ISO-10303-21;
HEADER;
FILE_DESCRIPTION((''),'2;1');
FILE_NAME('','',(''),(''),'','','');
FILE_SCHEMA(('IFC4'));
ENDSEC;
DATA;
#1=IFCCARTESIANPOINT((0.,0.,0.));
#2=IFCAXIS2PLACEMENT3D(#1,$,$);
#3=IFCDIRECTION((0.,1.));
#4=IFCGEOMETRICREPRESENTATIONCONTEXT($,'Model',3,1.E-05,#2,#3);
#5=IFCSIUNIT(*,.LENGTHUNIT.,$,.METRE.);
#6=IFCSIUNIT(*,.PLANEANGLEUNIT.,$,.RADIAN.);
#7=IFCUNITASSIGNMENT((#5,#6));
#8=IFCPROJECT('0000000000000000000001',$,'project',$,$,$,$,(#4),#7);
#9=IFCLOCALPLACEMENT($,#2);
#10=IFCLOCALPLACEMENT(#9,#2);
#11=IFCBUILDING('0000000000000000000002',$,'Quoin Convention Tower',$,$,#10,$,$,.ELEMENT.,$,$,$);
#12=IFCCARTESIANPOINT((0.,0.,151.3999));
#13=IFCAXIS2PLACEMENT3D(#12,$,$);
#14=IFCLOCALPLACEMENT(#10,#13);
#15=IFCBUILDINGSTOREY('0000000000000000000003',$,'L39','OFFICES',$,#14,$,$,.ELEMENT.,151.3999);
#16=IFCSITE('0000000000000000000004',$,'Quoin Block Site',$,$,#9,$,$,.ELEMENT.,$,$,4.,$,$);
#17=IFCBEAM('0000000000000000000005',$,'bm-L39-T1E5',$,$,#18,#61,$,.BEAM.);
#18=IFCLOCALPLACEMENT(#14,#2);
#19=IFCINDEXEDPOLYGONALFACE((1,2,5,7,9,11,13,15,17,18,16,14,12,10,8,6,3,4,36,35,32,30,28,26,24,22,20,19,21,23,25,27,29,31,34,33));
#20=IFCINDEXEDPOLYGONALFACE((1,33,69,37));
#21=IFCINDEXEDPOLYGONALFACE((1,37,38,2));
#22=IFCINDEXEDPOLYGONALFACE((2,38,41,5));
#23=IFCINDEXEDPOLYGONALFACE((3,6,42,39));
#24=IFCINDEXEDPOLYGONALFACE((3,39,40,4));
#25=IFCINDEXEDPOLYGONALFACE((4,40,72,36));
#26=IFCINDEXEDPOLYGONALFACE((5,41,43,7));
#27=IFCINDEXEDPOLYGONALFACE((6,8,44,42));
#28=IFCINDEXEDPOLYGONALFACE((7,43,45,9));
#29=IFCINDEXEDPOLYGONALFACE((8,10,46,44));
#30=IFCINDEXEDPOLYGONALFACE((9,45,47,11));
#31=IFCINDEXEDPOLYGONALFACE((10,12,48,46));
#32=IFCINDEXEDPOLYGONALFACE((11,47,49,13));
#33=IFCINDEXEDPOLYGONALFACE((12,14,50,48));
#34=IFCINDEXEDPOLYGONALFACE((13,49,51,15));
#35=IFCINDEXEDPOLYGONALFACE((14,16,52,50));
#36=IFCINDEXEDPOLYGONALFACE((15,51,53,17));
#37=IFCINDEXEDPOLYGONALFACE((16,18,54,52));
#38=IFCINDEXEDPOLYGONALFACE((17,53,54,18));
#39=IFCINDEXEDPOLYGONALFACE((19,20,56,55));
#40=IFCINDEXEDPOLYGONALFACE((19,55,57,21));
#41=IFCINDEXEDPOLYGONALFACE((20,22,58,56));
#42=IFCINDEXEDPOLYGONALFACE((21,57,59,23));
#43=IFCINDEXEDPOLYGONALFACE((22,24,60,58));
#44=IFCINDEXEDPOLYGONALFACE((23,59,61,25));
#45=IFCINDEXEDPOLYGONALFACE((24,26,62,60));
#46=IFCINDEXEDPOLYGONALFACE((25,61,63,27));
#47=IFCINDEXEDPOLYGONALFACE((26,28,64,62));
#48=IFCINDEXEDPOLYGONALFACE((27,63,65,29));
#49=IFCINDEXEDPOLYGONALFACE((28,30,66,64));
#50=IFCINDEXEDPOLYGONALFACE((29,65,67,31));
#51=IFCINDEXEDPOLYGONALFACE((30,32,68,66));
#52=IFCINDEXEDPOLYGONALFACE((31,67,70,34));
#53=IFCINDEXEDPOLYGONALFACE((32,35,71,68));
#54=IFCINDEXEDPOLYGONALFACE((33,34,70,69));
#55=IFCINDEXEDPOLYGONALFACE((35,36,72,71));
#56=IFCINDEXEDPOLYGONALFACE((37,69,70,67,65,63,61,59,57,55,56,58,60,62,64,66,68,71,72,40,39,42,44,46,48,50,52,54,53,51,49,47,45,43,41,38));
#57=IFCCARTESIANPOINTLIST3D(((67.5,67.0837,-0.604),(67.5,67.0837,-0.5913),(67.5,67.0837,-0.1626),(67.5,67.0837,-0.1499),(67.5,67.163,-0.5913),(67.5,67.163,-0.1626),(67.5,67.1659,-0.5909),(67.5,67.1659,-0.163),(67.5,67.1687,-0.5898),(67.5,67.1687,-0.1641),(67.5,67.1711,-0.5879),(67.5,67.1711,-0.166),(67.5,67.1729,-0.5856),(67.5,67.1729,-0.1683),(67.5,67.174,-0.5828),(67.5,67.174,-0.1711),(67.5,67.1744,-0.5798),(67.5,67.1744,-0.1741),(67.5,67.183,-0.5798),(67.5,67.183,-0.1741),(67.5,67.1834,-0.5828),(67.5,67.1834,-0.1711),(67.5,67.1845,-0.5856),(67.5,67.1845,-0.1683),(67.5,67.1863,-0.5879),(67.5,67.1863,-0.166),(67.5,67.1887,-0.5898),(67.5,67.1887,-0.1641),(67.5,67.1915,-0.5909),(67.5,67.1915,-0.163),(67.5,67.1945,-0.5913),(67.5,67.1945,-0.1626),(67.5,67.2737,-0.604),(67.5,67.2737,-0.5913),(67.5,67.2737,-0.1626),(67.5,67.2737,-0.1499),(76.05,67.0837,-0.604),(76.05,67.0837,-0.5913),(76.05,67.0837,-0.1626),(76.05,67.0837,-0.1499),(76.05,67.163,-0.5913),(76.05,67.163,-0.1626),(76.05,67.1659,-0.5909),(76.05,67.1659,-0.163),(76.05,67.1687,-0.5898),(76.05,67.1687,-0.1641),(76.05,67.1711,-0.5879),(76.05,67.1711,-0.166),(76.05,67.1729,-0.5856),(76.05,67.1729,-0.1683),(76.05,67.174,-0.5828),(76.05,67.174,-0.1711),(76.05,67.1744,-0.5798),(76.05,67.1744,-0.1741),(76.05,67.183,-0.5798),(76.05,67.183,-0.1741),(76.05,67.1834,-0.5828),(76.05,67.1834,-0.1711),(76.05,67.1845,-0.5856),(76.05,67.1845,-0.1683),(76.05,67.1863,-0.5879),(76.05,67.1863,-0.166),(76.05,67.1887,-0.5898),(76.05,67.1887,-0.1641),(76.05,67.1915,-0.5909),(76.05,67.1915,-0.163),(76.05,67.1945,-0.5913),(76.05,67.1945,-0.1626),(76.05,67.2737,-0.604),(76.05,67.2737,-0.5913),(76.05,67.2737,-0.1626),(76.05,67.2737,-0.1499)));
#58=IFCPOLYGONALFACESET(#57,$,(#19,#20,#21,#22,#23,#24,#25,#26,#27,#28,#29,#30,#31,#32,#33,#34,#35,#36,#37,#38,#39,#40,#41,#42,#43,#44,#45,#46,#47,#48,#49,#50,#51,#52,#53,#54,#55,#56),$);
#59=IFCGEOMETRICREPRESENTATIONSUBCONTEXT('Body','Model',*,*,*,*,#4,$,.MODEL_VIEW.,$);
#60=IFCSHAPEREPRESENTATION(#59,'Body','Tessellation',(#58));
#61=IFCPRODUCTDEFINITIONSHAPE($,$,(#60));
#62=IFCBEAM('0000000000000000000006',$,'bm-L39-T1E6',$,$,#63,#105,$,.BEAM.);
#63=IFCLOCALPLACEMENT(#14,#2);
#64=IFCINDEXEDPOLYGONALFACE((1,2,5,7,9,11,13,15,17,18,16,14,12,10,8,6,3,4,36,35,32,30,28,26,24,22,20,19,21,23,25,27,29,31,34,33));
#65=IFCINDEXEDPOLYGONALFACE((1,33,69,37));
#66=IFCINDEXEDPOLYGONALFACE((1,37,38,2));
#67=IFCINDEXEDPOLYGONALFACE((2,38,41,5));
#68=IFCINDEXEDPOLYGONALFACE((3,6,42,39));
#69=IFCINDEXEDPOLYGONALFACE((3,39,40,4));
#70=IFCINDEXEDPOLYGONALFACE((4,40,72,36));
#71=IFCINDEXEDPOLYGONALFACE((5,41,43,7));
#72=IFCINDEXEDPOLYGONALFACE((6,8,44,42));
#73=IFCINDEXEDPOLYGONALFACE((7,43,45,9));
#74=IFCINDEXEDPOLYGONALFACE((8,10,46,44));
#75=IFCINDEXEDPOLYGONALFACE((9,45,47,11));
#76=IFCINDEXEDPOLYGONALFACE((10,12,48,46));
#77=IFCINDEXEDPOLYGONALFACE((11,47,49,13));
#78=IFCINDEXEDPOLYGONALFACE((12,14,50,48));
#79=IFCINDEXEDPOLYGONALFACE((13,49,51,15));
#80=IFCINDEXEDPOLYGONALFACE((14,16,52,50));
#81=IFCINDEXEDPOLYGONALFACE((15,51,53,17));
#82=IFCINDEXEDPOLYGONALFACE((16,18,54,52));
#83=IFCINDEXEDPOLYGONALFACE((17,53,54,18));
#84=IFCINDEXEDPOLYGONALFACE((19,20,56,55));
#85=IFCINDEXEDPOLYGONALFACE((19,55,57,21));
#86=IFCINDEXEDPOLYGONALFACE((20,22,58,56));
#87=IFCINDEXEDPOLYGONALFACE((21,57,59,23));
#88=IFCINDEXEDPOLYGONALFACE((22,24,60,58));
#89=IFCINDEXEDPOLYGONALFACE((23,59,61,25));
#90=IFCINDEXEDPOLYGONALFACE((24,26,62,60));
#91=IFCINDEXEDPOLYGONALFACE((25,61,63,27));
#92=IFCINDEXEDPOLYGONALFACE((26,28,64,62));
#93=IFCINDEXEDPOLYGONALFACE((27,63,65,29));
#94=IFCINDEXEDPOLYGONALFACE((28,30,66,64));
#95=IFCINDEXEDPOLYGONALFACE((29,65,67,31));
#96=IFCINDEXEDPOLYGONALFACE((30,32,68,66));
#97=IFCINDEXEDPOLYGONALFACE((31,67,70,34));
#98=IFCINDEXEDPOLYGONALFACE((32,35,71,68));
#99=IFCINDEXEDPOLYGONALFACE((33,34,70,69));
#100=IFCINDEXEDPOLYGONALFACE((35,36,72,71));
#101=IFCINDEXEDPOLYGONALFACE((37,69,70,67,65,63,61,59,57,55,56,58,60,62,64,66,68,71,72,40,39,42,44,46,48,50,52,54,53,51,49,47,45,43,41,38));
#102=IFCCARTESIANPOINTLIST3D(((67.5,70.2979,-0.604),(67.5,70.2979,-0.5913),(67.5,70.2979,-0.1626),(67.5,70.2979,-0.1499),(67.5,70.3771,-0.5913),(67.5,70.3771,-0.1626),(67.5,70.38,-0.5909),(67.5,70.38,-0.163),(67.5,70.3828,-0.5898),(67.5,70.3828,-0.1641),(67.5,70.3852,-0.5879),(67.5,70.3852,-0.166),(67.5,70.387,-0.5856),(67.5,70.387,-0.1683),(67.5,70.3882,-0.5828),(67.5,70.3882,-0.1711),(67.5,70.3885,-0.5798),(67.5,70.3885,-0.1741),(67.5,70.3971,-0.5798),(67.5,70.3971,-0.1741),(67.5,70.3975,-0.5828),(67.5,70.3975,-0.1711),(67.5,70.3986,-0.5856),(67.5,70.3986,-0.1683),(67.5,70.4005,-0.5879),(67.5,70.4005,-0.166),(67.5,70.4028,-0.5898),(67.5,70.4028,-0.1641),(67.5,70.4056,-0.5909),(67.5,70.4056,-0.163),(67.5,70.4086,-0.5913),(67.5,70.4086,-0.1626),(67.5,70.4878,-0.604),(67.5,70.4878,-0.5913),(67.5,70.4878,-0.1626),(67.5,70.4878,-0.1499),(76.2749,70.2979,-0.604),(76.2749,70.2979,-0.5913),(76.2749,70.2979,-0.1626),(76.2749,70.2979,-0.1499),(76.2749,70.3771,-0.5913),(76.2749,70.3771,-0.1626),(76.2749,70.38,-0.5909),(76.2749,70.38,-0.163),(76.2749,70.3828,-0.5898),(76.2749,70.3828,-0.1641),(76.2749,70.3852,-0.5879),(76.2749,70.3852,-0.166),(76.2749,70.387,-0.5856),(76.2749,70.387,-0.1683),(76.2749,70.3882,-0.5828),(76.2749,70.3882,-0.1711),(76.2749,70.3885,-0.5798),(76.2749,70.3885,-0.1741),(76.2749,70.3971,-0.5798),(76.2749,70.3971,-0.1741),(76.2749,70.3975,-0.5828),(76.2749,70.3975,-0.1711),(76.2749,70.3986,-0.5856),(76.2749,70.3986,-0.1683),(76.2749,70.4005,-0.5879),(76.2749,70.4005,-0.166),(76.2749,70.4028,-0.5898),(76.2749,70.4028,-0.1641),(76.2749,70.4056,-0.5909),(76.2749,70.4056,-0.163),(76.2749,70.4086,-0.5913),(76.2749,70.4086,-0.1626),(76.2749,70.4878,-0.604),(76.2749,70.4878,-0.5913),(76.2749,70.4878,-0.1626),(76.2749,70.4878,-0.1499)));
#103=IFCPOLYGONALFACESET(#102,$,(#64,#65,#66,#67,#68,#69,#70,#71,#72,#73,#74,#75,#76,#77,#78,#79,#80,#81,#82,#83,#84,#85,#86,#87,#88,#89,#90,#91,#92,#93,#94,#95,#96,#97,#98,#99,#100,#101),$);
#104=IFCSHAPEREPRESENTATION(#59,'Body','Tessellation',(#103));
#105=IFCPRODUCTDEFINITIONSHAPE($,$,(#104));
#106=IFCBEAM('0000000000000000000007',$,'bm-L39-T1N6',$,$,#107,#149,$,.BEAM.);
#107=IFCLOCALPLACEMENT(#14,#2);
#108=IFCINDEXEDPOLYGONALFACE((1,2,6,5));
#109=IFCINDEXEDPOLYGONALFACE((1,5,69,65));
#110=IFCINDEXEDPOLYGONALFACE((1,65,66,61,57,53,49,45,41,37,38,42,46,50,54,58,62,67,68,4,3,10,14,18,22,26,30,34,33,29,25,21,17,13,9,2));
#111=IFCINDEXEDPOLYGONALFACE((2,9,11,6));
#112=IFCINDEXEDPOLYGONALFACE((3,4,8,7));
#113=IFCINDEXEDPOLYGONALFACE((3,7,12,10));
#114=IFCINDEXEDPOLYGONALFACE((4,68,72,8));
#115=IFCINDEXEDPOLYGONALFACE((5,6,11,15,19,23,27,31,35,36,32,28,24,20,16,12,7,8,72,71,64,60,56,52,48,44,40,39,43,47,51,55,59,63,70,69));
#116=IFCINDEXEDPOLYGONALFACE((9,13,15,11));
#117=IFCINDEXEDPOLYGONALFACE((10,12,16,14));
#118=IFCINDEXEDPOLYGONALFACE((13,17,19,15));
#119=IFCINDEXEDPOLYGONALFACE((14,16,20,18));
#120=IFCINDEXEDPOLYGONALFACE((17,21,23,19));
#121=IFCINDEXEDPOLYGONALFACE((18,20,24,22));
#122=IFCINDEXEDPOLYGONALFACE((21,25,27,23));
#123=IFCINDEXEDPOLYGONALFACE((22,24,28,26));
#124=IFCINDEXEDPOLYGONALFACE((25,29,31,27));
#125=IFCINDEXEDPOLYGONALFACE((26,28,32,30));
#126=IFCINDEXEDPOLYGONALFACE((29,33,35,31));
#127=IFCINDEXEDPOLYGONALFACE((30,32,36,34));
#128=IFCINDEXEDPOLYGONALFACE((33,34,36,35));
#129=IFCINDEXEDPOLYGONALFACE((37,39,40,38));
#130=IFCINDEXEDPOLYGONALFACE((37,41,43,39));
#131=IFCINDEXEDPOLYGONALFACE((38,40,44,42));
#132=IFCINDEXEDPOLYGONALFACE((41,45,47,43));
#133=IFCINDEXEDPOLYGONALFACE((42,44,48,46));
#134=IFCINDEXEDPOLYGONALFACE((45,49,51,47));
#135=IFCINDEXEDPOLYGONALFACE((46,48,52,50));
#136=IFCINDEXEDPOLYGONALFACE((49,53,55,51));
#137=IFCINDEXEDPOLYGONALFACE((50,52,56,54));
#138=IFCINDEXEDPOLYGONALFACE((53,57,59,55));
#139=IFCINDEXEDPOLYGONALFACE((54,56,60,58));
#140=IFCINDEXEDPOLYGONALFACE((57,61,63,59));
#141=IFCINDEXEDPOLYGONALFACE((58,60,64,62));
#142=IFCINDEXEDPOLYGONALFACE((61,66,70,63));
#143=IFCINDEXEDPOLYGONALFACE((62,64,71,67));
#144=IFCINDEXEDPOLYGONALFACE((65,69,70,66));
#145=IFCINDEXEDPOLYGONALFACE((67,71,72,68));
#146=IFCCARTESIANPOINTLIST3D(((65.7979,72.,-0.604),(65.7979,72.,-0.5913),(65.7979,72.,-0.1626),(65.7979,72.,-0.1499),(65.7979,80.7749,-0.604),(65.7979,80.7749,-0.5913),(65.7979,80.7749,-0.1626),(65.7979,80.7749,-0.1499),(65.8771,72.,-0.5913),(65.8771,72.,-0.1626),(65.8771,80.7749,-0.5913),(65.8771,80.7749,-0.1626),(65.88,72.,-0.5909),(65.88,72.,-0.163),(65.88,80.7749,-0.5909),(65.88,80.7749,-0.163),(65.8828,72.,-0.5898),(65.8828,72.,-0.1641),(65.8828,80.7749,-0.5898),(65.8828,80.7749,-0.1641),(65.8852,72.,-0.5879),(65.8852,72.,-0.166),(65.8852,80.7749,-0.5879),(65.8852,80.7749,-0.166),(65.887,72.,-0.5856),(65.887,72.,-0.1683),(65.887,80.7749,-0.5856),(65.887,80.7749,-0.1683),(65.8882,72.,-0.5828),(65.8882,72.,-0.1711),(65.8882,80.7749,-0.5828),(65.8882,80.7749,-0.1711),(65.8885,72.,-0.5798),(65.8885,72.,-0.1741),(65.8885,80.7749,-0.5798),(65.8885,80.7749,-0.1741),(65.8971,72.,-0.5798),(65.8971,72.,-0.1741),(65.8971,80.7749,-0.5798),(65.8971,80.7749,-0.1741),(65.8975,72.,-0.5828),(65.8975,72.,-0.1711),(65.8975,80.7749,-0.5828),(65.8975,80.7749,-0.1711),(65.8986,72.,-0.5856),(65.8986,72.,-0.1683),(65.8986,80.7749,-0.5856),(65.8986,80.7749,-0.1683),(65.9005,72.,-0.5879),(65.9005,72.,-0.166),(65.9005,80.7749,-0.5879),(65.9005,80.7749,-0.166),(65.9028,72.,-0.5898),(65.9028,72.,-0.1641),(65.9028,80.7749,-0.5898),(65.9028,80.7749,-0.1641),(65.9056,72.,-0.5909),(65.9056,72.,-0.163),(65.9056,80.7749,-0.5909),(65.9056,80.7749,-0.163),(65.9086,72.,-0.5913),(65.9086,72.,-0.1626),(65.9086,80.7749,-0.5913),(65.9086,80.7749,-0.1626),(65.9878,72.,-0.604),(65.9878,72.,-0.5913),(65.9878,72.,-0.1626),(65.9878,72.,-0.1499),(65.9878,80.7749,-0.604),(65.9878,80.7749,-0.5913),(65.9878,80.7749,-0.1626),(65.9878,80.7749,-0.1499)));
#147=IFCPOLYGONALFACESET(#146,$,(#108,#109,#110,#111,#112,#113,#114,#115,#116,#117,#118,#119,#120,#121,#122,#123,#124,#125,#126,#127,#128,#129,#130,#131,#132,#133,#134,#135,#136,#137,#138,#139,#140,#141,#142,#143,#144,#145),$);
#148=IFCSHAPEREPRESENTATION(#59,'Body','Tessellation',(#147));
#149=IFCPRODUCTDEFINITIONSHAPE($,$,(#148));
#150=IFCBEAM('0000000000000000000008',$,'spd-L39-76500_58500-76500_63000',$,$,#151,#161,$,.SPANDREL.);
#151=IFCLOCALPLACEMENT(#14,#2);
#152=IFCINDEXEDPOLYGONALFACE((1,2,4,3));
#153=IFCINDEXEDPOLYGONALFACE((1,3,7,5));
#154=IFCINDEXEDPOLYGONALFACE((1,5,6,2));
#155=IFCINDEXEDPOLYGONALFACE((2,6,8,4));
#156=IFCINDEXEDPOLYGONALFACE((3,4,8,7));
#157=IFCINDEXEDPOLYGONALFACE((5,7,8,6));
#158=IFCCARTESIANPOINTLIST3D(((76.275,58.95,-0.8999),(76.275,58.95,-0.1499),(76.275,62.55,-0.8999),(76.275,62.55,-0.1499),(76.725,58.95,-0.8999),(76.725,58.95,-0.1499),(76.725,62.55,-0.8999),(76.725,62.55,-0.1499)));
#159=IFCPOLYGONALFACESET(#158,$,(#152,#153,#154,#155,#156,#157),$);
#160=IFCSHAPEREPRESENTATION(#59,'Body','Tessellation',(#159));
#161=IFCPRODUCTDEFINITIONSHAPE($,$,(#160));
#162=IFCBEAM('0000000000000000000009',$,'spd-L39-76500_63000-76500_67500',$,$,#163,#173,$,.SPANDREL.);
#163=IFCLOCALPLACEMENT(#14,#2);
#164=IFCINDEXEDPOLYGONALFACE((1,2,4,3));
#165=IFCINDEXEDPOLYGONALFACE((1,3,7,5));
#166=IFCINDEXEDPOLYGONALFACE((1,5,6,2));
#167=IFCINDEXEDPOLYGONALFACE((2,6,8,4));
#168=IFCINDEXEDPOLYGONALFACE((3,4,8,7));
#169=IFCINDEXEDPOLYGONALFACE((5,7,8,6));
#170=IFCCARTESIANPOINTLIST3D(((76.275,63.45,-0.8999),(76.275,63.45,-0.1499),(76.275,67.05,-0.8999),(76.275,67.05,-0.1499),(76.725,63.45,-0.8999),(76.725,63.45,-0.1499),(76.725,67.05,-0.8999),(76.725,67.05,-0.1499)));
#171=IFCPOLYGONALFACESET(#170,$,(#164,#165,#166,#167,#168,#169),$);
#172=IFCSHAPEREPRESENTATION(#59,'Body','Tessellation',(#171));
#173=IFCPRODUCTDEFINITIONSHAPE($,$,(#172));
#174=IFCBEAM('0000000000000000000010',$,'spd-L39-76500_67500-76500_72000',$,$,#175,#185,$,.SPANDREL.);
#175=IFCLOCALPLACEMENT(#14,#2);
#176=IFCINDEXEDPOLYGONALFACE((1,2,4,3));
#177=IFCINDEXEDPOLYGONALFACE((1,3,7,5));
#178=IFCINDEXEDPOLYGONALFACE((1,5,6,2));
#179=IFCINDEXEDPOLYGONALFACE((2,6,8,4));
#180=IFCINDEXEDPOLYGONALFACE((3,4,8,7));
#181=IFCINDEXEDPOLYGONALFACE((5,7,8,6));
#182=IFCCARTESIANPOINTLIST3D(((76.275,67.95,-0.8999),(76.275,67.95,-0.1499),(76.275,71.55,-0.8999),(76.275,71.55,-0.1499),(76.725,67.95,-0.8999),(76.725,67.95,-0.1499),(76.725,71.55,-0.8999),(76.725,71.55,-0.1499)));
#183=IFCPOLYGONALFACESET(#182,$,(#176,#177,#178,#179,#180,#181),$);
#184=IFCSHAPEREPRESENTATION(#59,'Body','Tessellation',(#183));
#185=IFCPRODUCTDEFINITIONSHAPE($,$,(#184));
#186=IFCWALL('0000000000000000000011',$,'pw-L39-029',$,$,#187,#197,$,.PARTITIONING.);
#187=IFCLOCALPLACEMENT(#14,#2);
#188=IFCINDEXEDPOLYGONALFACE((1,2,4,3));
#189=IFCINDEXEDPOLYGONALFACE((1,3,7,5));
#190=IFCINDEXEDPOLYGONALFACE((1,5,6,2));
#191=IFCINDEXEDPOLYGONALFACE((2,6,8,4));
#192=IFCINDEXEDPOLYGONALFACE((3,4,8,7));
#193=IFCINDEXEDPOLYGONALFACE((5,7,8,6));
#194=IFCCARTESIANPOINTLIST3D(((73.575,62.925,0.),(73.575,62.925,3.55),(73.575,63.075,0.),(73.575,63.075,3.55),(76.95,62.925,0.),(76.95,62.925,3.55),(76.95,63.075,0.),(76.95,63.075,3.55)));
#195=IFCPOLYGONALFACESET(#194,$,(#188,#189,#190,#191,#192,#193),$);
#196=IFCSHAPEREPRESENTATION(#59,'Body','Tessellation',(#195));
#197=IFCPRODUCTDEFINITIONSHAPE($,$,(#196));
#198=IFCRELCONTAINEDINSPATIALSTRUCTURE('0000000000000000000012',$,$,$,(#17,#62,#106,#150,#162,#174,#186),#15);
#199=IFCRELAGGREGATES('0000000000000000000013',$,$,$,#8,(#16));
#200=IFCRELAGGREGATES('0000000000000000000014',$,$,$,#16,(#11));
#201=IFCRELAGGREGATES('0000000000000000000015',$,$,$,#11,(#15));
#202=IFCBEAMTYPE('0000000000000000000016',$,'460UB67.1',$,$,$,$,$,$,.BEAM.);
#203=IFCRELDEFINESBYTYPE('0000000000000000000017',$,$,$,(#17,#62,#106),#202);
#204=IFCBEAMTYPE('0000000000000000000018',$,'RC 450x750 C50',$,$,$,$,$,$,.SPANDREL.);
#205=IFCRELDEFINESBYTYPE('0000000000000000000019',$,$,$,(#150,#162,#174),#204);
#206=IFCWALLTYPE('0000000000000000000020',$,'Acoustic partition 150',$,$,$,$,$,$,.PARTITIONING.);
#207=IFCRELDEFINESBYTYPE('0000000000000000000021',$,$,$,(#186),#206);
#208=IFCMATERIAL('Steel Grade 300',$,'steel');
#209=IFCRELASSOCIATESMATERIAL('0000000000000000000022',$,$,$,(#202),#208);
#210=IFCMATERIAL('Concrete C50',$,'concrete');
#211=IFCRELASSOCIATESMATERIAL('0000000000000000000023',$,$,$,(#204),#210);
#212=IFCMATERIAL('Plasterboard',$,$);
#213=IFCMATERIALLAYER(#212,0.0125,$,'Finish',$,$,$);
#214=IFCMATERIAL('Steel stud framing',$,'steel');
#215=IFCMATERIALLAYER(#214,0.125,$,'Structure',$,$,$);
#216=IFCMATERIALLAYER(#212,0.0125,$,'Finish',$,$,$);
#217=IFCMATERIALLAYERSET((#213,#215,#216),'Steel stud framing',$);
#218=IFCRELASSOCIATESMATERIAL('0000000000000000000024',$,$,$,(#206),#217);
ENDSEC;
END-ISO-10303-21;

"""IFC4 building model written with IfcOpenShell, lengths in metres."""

from ifc_helpers import new_model, si_unit, direction, frame, frame_2d, origin, origin_2d, place, context, subcontext, project, spatial, rectangle, i_section, extrude, material, layer, layer_set, material_profile, profile_set, type_object, element, save


model = new_model("IFC4")

# Units and contexts
model_context = context("Model", 3, precision=1e-05, world=origin(), true_north=direction((0.0, 1.0)))
body_context = subcontext(model_context, "Body", "Model", "MODEL_VIEW")
ifc_project = project(units=[si_unit("LENGTHUNIT", "METRE"), si_unit("PLANEANGLEUNIT", "RADIAN")], contexts=[model_context])

# Site, building, storey
site_placement = place(None, origin())
site = spatial("IfcSite", under=ifc_project, at=site_placement, Name="Quoin Block Site", CompositionType="ELEMENT", RefElevation=4.0)
building_placement = place(site_placement, origin())
building = spatial("IfcBuilding", under=site, at=building_placement, Name="Quoin Convention Tower", CompositionType="ELEMENT")
storey_placement = place(building_placement, frame((0.0, 0.0, 151.3999)))
storey = spatial("IfcBuildingStorey", under=building, at=storey_placement, Name="L39", Description="OFFICES", CompositionType="ELEMENT", Elevation=151.3999)

# Shared definitions
ifc_material_1 = material(Name="Concrete C50", Category="concrete")

# Beams
ifc_material_2 = material(Name="Steel Grade 300", Category="steel")
ifc_material_profile_1 = material_profile(ifc_material_2, i_section(OverallWidth=0.1899, OverallDepth=0.4541, WebThickness=0.0085, FlangeThickness=0.0127, FilletRadius=0.0115, at=origin_2d()), Name="460UB67.1")
ifc_profile_set_1 = profile_set([ifc_material_profile_1], Name="Steel Grade 300")
beam_type_1 = type_object("IfcBeamType", Name="460UB67.1", PredefinedType="BEAM", material=ifc_profile_set_1)
beam_placement = place(storey_placement, frame((67.5, 67.1787, -0.377), z_axis=(1.0, 0.0, 0.0), x_axis=(0.0, 1.0, 0.0)))
element("IfcBeam", 1, at=beam_placement, inside=storey, type_object=beam_type_1, Name="bm-L39-T1E5", PredefinedType="BEAM", context=body_context, shape_type="SweptSolid", body=[
    extrude(i_section(OverallWidth=0.1899, OverallDepth=0.4541, WebThickness=0.0085, FlangeThickness=0.0127, FilletRadius=0.0115, at=origin_2d()), origin(), (0.0, 0.0, 1.0), 8.55),
])
for number, where, z_axis, x_axis, name in (
    (2, (67.5, 70.3928, -0.377), (1.0, 0.0, 0.0), (0.0, 1.0, 0.0), "bm-L39-T1E6"),
    (3, (65.8928, 72.0, -0.377), (0.0, 1.0, 0.0), (-1.0, 0.0, 0.0), "bm-L39-T1N6"),
):
    element("IfcBeam", number, at=place(storey_placement, frame(where, z_axis=z_axis, x_axis=x_axis)), inside=storey, type_object=beam_type_1, Name=name, PredefinedType="BEAM", context=body_context, shape_type="SweptSolid", body=[
        extrude(i_section(OverallWidth=0.1899, OverallDepth=0.4541, WebThickness=0.0085, FlangeThickness=0.0127, FilletRadius=0.0115, at=origin_2d()), origin(), (0.0, 0.0, 1.0), 8.7749),
    ])
ifc_material_profile_2 = material_profile(ifc_material_1, rectangle(XDim=0.45, YDim=0.75, at=origin_2d()), Name="RC 450x750")
ifc_profile_set_2 = profile_set([ifc_material_profile_2], Name="Concrete C50")
beam_type_2 = type_object("IfcBeamType", Name="RC 450x750 C50", PredefinedType="SPANDREL", material=ifc_profile_set_2)
for number, where, z_axis, x_axis, name in (
    (4, (76.5, 58.95, -0.5249), (0.0, 1.0, 0.0), (-1.0, 0.0, 0.0), "spd-L39-76500_58500-76500_63000"),
    (5, (76.5, 63.45, -0.5249), (0.0, 1.0, 0.0), (-1.0, 0.0, 0.0), "spd-L39-76500_63000-76500_67500"),
    (6, (76.5, 67.95, -0.5249), (0.0, 1.0, 0.0), (-1.0, 0.0, 0.0), "spd-L39-76500_67500-76500_72000"),
):
    element("IfcBeam", number, at=place(storey_placement, frame(where, z_axis=z_axis, x_axis=x_axis)), inside=storey, type_object=beam_type_2, Name=name, PredefinedType="SPANDREL", context=body_context, shape_type="SweptSolid", body=[
        extrude(rectangle(XDim=0.45, YDim=0.75, at=origin_2d()), origin(), (0.0, 0.0, 1.0), 3.6001),
    ])

# Wall
ifc_material_3 = material(Name="Plasterboard")
ifc_layer_1 = layer(ifc_material_3, 0.0125, Name="Finish")
ifc_material_4 = material(Name="Steel stud framing", Category="steel")
ifc_layer_2 = layer(ifc_material_4, 0.125, Name="Structure")
ifc_layer_3 = layer(ifc_material_3, 0.0125, Name="Finish")
ifc_layer_set_1 = layer_set([ifc_layer_1, ifc_layer_2, ifc_layer_3], Name="Steel stud framing")
wall_type_1 = type_object("IfcWallType", Name="Acoustic partition 150", PredefinedType="PARTITIONING", material=ifc_layer_set_1)
wall_1_placement = place(storey_placement, frame((73.575, 63.0, 0.0), z_axis=(0.0, 0.0, 1.0), x_axis=(1.0, 0.0, 0.0)))
element("IfcWall", 7, at=wall_1_placement, inside=storey, type_object=wall_type_1, Name="pw-L39-029", PredefinedType="PARTITIONING", context=body_context, shape_type="SweptSolid", body=[
    extrude(rectangle(XDim=3.375, YDim=0.1499, at=frame_2d((1.6875, 0.0))), origin(), (0.0, 0.0, 1.0), 3.55),
])

save(model, "model.ifc")
